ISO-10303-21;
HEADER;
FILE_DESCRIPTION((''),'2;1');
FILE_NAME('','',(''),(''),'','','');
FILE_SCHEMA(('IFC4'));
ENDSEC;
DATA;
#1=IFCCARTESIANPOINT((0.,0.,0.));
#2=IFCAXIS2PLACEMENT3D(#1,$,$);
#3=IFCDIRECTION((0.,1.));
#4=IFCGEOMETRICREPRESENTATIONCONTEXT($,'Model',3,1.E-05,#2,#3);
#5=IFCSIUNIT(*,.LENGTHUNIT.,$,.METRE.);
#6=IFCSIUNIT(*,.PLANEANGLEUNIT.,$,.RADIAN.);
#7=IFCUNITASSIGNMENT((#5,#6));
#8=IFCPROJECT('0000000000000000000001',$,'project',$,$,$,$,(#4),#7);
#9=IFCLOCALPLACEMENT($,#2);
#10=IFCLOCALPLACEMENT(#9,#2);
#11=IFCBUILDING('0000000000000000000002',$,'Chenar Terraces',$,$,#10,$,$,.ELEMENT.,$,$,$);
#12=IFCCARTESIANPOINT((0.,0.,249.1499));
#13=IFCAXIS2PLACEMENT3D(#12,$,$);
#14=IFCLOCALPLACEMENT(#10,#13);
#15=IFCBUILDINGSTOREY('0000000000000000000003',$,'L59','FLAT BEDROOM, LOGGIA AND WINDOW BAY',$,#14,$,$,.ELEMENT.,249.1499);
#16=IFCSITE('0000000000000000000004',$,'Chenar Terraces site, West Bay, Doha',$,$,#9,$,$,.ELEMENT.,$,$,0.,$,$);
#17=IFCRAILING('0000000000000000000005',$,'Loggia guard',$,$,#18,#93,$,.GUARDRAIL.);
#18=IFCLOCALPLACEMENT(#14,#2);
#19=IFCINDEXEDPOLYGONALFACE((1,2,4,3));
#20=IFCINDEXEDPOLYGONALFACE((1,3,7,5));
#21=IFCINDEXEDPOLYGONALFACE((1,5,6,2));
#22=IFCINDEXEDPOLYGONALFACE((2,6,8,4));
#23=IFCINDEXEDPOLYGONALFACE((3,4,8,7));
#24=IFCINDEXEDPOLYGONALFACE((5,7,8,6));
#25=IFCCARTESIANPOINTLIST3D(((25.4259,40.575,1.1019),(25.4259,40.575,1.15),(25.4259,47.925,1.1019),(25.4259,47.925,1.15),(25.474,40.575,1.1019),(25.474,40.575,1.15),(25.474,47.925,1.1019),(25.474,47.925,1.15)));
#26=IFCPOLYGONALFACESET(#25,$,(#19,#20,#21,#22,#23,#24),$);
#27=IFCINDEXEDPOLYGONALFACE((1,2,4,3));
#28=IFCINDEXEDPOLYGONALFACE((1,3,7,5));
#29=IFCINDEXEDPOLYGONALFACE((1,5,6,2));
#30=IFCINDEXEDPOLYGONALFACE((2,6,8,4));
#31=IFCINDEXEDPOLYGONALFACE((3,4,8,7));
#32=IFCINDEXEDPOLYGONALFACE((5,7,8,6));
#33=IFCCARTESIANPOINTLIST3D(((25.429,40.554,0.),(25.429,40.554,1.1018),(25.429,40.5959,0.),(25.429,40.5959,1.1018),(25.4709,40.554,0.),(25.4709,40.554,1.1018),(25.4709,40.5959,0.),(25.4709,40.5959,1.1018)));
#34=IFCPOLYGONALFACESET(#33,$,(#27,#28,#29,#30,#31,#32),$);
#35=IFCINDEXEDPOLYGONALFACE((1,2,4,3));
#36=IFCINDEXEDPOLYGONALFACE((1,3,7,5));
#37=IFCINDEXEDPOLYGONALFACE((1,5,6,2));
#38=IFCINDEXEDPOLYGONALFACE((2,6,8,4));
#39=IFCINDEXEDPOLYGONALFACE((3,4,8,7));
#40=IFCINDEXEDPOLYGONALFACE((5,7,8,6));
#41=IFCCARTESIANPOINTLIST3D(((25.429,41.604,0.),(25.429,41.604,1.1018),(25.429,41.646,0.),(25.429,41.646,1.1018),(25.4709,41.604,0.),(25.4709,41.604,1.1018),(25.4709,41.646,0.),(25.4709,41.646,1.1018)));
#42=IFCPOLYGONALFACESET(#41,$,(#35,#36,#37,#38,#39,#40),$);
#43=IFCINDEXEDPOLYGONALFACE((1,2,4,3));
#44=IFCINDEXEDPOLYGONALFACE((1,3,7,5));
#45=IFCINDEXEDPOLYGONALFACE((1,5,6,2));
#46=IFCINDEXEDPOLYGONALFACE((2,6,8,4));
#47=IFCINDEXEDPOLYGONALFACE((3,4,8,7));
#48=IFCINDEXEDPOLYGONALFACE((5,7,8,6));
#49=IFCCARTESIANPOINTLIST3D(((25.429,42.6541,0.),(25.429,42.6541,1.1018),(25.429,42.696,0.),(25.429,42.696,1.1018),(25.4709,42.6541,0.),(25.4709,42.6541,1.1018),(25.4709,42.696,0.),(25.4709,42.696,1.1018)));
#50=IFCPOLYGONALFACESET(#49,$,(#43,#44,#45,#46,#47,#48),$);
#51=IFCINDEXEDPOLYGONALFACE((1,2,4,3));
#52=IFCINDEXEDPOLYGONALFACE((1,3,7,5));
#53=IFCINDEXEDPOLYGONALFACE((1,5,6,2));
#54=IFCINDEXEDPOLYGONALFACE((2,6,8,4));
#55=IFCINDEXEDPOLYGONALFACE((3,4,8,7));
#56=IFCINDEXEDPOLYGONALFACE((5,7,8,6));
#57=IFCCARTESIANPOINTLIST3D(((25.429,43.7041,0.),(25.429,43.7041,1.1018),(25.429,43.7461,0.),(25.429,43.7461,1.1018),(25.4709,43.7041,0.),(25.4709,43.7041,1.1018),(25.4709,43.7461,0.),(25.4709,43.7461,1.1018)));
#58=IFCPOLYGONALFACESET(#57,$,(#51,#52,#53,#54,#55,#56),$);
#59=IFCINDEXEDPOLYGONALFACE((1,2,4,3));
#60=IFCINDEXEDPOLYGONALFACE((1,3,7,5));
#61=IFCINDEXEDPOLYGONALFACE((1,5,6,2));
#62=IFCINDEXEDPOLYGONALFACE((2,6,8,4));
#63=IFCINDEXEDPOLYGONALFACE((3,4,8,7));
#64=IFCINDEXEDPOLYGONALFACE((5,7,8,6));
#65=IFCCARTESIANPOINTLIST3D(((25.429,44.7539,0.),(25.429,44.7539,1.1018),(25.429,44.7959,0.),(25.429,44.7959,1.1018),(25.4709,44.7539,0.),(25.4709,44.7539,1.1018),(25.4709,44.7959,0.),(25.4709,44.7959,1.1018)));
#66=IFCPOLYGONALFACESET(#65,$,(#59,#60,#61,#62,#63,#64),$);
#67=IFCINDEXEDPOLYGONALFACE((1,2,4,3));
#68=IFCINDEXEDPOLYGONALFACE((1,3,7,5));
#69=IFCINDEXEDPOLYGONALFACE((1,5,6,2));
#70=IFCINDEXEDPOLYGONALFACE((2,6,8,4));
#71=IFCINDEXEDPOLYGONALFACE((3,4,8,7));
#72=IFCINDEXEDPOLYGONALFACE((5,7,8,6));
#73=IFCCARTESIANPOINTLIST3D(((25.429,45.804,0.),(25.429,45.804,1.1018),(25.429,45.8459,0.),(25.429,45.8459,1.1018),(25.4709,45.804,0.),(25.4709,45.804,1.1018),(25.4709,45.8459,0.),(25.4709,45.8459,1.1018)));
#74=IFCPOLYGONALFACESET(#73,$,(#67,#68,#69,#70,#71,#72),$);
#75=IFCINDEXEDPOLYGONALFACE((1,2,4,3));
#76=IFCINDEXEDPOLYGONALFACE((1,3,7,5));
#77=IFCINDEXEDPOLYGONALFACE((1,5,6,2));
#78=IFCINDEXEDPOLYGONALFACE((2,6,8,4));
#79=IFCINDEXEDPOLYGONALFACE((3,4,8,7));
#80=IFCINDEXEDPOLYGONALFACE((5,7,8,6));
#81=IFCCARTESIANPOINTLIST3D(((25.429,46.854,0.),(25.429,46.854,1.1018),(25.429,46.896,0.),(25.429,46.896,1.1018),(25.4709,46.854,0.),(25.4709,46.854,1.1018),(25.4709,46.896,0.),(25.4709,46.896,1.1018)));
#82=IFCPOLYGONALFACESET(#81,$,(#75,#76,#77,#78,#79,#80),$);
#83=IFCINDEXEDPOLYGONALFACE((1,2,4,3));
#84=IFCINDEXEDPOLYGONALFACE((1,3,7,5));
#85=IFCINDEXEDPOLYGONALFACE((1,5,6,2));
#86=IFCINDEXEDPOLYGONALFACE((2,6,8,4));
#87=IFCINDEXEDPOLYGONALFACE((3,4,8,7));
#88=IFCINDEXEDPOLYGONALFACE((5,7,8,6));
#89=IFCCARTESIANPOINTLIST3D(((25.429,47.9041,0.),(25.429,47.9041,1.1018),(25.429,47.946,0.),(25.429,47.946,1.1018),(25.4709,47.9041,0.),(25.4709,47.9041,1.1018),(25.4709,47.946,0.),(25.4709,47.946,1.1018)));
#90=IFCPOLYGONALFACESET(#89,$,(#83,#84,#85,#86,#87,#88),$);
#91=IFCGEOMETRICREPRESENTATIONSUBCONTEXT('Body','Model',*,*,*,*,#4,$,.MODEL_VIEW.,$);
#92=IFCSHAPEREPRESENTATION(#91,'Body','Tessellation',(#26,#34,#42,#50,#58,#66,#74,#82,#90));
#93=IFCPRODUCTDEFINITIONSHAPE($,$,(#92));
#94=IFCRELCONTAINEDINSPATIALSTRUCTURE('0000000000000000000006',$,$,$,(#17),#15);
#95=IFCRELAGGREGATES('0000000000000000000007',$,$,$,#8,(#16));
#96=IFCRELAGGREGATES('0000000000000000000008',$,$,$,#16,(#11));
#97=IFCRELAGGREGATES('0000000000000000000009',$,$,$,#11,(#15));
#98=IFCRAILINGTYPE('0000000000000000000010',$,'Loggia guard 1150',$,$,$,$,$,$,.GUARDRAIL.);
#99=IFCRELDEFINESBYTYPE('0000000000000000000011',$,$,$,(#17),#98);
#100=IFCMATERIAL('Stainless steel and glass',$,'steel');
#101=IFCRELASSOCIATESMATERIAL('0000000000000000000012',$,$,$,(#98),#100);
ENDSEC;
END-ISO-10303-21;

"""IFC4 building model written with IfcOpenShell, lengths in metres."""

from ifc_helpers import new_model, si_unit, direction, frame, origin, origin_2d, place, context, subcontext, project, spatial, rectangle, extrude, material, type_object, element, save


model = new_model("IFC4")

# Units and contexts
model_context = context("Model", 3, precision=1e-05, world=origin(), true_north=direction((0.0, 1.0)))
body_context = subcontext(model_context, "Body", "Model", "MODEL_VIEW")
ifc_project = project(units=[si_unit("LENGTHUNIT", "METRE"), si_unit("PLANEANGLEUNIT", "RADIAN")], contexts=[model_context])

# Site, building, storey
site_placement = place(None, origin())
site = spatial("IfcSite", under=ifc_project, at=site_placement, Name="Chenar Terraces site, West Bay, Doha", CompositionType="ELEMENT", RefElevation=0.0)
building_placement = place(site_placement, origin())
building = spatial("IfcBuilding", under=site, at=building_placement, Name="Chenar Terraces", CompositionType="ELEMENT")
storey_placement = place(building_placement, frame((0.0, 0.0, 249.1499)))
storey = spatial("IfcBuildingStorey", under=building, at=storey_placement, Name="L59", Description="FLAT BEDROOM, LOGGIA AND WINDOW BAY", CompositionType="ELEMENT", Elevation=249.1499)

# Railing
ifc_material_1 = material(Name="Stainless steel and glass", Category="steel")
railing_type_1 = type_object("IfcRailingType", Name="Loggia guard 1150", PredefinedType="GUARDRAIL", material=ifc_material_1)
railing_1_placement = place(storey_placement, frame((25.45, 40.575, 0.0)))
element("IfcRailing", 1, at=railing_1_placement, inside=storey, type_object=railing_type_1, Name="Loggia guard", PredefinedType="GUARDRAIL", context=body_context, shape_type="SweptSolid", body=[
    extrude(rectangle(XDim=0.0481, YDim=0.0481, at=origin_2d()), frame((0.0, 0.0, 1.126), z_axis=(0.0, 1.0, 0.0), x_axis=(-1.0, 0.0, 0.0)), (0.0, 0.0, 1.0), 7.3501),
    extrude(rectangle(XDim=0.042, YDim=0.042, at=origin_2d()), origin(), (0.0, 0.0, 1.0), 1.1018),
    extrude(rectangle(XDim=0.042, YDim=0.042, at=origin_2d()), frame((0.0, 1.05, 0.0)), (0.0, 0.0, 1.0), 1.1018),
    extrude(rectangle(XDim=0.042, YDim=0.042, at=origin_2d()), frame((0.0, 2.1001, 0.0)), (0.0, 0.0, 1.0), 1.1018),
    extrude(rectangle(XDim=0.042, YDim=0.042, at=origin_2d()), frame((0.0, 3.1501, 0.0)), (0.0, 0.0, 1.0), 1.1018),
    extrude(rectangle(XDim=0.042, YDim=0.042, at=origin_2d()), frame((0.0, 4.2, 0.0)), (0.0, 0.0, 1.0), 1.1018),
    extrude(rectangle(XDim=0.042, YDim=0.042, at=origin_2d()), frame((0.0, 5.25, 0.0)), (0.0, 0.0, 1.0), 1.1018),
    extrude(rectangle(XDim=0.042, YDim=0.042, at=origin_2d()), frame((0.0, 6.3, 0.0)), (0.0, 0.0, 1.0), 1.1018),
    extrude(rectangle(XDim=0.042, YDim=0.042, at=origin_2d()), frame((0.0, 7.3501, 0.0)), (0.0, 0.0, 1.0), 1.1018),
])

save(model, "model.ifc")
